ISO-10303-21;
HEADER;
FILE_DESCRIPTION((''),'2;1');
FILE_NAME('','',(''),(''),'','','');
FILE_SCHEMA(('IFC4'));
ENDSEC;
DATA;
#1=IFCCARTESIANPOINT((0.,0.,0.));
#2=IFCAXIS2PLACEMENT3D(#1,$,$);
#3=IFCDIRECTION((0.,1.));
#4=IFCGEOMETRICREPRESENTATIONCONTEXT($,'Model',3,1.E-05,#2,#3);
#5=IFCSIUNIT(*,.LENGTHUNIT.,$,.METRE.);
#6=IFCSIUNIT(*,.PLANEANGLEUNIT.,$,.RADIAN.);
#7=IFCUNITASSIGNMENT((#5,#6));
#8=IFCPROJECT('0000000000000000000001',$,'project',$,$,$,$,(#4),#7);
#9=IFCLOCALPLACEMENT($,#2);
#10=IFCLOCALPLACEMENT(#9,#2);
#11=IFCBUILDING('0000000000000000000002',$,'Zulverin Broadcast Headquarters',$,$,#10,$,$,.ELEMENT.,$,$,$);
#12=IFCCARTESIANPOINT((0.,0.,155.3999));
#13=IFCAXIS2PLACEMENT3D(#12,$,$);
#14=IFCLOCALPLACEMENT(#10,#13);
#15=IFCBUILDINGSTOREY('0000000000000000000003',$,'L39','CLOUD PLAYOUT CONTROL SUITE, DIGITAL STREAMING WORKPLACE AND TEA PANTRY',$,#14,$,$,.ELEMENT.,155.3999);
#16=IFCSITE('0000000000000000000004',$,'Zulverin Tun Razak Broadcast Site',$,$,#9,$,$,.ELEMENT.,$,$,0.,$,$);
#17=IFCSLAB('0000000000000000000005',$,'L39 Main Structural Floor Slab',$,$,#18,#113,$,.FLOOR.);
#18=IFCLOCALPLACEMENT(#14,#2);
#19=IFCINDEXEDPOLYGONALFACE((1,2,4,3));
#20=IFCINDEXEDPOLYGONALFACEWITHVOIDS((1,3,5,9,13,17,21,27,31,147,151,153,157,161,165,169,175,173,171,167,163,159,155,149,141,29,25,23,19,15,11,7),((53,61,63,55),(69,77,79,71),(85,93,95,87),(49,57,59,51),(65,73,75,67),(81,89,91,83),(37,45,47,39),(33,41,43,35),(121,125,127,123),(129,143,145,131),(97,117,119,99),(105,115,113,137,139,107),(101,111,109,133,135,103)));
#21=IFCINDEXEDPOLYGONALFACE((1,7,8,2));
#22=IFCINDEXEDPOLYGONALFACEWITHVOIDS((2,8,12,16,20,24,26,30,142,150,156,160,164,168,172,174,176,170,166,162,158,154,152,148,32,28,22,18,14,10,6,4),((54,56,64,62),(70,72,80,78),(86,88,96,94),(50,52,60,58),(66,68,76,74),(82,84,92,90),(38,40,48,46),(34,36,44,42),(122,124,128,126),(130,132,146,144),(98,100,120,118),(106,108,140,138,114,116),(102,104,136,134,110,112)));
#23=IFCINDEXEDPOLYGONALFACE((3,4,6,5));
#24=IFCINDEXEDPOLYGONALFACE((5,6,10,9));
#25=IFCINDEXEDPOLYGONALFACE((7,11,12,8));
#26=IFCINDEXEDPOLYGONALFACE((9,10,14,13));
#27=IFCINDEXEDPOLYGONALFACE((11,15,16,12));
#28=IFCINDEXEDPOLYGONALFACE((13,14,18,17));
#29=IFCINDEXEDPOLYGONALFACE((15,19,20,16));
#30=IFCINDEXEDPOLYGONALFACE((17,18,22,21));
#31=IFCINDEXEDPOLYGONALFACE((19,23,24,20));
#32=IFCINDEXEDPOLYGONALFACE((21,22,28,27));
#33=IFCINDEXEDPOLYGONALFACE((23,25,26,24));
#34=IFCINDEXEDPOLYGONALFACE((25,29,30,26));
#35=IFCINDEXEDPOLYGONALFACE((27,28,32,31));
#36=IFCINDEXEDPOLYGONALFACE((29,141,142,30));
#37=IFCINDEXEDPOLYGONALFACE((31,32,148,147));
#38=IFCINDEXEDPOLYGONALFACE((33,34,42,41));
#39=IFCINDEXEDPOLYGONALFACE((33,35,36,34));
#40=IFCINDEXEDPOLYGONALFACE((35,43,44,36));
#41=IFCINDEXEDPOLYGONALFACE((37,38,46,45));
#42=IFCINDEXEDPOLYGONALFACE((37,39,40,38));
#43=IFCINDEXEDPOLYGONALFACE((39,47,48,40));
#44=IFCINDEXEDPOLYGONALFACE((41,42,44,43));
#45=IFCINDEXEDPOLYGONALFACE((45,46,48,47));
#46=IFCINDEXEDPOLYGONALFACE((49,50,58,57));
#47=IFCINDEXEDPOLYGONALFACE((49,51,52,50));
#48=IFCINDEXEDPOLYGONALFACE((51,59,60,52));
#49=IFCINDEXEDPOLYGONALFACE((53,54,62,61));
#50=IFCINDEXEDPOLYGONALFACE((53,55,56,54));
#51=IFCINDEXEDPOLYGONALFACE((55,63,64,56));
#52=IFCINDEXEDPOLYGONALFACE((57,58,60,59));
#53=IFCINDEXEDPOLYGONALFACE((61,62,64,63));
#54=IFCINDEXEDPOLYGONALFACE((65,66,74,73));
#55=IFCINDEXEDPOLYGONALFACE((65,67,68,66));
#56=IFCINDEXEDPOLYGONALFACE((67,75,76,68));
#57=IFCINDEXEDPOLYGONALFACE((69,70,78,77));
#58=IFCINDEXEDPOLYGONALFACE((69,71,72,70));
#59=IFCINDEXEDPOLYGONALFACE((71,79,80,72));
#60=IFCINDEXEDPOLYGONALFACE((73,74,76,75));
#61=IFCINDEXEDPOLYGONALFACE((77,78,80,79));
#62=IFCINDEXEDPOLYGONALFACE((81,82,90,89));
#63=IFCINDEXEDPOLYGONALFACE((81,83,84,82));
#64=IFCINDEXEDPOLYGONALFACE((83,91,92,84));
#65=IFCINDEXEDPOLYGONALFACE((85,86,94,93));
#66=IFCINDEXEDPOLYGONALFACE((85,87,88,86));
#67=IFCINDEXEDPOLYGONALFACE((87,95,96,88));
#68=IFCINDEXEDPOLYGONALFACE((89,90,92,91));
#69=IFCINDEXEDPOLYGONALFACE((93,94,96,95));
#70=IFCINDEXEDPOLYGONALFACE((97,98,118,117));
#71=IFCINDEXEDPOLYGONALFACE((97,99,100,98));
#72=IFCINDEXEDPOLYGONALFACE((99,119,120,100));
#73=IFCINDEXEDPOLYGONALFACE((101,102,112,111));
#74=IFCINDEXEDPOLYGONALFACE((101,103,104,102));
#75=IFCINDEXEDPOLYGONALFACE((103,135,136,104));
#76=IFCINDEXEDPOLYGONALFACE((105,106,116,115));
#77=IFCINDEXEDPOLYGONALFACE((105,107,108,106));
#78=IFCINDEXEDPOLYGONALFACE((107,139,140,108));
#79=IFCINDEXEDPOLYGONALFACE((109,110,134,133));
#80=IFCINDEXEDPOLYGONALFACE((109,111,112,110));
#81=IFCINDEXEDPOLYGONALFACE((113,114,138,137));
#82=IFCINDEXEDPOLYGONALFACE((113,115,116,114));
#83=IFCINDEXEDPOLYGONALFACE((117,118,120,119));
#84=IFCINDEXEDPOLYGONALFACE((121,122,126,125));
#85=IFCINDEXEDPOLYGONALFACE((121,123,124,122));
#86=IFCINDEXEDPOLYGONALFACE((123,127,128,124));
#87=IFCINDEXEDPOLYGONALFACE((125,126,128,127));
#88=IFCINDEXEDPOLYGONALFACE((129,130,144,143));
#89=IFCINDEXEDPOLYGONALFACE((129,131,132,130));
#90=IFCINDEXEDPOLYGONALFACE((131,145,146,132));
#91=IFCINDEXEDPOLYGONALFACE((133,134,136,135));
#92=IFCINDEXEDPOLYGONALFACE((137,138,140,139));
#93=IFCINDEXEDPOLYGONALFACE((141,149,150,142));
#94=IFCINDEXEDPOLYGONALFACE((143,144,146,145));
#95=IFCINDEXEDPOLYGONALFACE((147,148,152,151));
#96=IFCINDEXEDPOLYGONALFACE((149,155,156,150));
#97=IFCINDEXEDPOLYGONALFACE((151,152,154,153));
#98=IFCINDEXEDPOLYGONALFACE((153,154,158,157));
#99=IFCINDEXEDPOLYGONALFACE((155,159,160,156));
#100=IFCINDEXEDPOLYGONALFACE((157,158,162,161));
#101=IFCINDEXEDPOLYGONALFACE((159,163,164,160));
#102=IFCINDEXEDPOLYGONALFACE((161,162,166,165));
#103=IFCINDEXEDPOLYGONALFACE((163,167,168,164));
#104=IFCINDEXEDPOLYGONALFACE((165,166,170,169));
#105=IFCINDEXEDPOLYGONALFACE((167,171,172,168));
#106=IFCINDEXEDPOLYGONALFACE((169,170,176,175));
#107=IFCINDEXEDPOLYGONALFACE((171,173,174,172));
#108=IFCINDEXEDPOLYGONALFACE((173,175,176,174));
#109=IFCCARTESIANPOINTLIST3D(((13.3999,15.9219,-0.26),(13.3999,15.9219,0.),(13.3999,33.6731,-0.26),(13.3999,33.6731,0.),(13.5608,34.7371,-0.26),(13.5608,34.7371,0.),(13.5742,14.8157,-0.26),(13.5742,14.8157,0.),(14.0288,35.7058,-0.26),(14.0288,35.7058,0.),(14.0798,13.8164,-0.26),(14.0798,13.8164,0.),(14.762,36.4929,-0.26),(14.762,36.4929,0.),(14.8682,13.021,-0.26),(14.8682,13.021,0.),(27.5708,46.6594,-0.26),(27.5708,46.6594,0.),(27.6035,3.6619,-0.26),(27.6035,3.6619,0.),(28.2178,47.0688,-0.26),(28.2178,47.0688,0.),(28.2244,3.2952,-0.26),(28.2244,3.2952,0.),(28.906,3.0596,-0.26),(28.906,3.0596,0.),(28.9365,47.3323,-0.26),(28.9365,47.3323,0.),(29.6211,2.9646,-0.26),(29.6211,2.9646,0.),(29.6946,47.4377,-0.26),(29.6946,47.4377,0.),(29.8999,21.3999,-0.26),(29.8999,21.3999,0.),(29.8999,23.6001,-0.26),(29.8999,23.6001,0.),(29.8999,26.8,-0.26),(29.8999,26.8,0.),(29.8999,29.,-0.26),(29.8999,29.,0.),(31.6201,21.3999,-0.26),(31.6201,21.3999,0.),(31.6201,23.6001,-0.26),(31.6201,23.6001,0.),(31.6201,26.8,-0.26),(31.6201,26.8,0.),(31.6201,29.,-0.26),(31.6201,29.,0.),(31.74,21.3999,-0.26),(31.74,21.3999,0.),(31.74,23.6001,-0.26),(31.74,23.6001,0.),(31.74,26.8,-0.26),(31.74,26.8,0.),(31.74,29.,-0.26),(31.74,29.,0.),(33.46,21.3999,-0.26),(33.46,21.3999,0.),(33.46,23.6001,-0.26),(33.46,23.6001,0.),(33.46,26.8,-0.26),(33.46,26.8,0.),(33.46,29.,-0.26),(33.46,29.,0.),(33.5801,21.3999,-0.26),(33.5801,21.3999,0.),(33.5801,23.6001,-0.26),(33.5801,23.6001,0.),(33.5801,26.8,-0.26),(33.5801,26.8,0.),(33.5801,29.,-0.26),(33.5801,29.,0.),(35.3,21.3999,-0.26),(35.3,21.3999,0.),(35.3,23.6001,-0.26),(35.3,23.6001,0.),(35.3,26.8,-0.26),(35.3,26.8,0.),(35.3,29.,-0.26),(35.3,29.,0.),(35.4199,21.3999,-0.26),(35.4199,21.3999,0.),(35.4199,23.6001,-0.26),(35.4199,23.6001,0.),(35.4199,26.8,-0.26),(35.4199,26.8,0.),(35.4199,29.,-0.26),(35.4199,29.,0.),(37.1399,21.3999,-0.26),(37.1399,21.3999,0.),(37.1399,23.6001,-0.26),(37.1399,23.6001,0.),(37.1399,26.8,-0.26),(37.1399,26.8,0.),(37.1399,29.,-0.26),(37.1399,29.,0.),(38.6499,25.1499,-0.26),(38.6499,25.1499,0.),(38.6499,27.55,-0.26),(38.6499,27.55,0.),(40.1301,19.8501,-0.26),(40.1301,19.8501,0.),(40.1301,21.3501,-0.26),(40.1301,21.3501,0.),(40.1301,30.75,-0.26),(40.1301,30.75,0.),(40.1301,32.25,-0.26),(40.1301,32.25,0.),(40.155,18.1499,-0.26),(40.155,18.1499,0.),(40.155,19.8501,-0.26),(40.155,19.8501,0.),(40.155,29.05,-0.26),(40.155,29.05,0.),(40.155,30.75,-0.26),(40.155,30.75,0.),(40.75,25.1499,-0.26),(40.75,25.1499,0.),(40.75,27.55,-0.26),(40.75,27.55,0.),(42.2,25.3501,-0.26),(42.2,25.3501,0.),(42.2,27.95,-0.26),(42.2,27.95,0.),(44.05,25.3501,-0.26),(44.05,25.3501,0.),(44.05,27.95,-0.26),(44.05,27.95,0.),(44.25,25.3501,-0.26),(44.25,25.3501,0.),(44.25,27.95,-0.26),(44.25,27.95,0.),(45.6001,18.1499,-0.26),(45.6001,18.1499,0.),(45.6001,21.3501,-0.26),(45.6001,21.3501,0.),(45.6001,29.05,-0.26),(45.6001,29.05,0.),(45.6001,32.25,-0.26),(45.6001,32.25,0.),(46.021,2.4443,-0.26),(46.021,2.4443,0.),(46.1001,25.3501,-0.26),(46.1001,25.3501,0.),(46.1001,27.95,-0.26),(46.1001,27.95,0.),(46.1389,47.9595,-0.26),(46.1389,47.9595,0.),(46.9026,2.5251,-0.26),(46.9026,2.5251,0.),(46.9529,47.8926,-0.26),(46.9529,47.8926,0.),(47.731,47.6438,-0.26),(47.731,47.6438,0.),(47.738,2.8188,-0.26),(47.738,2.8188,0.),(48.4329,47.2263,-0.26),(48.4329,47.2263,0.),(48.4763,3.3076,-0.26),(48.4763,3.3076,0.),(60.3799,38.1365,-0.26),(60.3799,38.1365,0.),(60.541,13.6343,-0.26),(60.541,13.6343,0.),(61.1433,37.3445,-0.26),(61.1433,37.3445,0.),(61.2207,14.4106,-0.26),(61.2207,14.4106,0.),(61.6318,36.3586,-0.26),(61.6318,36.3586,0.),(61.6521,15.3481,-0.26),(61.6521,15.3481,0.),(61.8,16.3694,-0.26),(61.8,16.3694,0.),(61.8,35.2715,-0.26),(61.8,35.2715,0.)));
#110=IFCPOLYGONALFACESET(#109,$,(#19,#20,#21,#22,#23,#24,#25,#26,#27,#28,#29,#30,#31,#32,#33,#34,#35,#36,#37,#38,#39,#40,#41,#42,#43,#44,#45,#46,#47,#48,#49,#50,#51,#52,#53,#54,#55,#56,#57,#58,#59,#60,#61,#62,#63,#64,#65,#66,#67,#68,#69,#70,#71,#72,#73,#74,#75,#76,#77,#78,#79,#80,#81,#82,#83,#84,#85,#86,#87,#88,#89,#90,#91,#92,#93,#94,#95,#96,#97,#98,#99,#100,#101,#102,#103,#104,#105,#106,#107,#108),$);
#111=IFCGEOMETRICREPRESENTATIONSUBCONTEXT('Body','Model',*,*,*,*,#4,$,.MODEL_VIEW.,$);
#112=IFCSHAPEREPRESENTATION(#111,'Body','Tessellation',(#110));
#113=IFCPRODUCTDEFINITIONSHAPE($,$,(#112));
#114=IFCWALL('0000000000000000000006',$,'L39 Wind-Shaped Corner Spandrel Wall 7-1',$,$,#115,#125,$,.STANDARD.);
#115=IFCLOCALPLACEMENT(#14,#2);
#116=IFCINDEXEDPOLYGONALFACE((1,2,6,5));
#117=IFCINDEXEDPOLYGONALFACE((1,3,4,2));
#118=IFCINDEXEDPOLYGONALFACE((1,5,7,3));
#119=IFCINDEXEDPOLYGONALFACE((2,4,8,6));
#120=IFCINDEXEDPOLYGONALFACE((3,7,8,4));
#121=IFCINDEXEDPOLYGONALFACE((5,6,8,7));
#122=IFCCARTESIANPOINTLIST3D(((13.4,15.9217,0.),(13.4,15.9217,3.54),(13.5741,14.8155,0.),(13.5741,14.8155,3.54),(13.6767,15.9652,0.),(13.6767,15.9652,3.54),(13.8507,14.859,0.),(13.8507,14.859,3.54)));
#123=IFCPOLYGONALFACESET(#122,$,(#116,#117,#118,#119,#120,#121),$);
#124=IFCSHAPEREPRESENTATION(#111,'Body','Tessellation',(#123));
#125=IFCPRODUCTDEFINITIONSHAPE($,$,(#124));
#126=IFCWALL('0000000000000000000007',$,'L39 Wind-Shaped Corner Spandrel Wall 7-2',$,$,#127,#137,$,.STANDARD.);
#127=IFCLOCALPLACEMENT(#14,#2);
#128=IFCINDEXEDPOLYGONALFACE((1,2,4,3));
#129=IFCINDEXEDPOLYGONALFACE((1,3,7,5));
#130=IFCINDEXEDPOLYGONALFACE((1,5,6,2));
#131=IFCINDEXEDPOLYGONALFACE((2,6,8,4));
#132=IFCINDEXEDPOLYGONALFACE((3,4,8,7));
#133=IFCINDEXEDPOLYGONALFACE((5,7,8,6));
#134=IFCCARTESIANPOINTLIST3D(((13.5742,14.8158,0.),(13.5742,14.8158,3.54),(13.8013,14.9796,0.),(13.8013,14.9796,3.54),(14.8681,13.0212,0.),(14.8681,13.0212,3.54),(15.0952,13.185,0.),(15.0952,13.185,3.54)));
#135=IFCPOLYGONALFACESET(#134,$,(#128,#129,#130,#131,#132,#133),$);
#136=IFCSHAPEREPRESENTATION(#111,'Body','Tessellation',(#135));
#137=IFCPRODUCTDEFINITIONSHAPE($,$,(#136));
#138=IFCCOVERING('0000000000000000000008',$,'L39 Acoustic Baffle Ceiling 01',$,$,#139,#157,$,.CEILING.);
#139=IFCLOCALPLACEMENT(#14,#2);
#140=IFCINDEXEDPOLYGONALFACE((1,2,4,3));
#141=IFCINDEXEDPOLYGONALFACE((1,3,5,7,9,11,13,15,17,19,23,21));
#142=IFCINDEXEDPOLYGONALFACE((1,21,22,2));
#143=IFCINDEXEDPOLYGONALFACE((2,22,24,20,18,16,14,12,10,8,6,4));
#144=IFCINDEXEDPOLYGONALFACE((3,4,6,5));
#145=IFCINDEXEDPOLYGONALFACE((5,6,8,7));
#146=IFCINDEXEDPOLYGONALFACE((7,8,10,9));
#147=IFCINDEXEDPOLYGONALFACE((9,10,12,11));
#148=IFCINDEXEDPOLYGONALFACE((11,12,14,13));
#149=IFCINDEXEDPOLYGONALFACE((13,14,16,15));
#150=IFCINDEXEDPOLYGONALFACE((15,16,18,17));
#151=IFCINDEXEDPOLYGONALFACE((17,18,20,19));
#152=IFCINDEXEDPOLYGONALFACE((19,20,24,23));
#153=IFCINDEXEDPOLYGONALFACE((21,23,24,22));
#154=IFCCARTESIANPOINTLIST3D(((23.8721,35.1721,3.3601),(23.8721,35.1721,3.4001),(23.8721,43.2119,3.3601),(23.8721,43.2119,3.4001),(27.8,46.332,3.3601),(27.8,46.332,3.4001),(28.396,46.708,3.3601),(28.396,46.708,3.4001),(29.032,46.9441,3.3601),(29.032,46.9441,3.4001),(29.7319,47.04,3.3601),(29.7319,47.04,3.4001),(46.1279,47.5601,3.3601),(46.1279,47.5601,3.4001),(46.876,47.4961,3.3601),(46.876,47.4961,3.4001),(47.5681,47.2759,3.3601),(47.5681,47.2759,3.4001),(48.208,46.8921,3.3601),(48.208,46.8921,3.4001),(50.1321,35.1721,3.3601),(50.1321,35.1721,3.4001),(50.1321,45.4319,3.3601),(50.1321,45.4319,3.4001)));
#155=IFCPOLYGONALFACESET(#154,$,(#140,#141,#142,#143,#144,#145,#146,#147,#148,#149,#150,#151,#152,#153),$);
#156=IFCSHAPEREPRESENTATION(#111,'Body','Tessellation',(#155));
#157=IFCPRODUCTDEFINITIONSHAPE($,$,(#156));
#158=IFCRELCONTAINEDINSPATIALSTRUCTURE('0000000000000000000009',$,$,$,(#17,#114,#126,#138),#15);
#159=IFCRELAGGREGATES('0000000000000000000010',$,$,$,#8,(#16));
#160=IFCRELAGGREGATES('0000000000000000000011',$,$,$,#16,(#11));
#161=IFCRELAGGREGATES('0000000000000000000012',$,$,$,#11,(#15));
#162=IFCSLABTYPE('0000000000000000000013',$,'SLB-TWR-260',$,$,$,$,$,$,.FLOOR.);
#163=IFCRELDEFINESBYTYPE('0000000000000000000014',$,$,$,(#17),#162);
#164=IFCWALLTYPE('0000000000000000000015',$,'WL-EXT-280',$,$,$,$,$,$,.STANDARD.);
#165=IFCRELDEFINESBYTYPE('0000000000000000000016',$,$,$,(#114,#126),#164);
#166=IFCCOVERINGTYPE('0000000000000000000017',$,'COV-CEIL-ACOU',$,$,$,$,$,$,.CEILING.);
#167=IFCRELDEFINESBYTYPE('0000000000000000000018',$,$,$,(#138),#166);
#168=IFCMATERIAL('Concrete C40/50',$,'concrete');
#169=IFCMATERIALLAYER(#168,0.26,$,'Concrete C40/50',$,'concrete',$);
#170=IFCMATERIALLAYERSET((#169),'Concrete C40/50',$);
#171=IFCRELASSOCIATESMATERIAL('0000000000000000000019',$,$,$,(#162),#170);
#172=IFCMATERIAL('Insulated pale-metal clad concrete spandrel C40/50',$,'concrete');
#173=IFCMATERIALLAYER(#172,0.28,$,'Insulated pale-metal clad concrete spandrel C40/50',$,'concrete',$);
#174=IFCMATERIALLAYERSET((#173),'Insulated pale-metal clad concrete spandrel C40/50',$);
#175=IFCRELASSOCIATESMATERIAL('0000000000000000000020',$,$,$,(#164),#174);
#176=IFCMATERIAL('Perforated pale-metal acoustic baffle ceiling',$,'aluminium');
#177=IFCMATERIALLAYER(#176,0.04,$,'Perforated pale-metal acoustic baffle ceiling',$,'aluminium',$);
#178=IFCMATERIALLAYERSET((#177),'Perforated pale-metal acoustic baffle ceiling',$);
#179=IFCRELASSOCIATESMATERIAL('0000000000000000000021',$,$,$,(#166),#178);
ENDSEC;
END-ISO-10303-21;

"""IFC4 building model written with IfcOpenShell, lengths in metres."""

from ifc_helpers import new_model, si_unit, direction, frame, frame_2d, origin, place, context, subcontext, project, spatial, polyline, rectangle, outline, extrude, material, layer, layer_set, type_object, element, save


model = new_model("IFC4")

# Units and contexts
model_context = context("Model", 3, precision=1e-05, world=origin(), true_north=direction((0.0, 1.0)))
body_context = subcontext(model_context, "Body", "Model", "MODEL_VIEW")
ifc_project = project(units=[si_unit("LENGTHUNIT", "METRE"), si_unit("PLANEANGLEUNIT", "RADIAN")], contexts=[model_context])

# Site, building, storey
site_placement = place(None, origin())
site = spatial("IfcSite", under=ifc_project, at=site_placement, Name="Zulverin Tun Razak Broadcast Site", CompositionType="ELEMENT", RefElevation=0.0)
building_placement = place(site_placement, origin())
building = spatial("IfcBuilding", under=site, at=building_placement, Name="Zulverin Broadcast Headquarters", CompositionType="ELEMENT")
storey_placement = place(building_placement, frame((0.0, 0.0, 155.3999)))
storey = spatial("IfcBuildingStorey", under=building, at=storey_placement, Name="L39", Description="CLOUD PLAYOUT CONTROL SUITE, DIGITAL STREAMING WORKPLACE AND TEA PANTRY", CompositionType="ELEMENT", Elevation=155.3999)

# Shared definitions
ifc_material_1 = material(Name="Concrete C40/50", Category="concrete")

# Slab
ifc_layer_1 = layer(ifc_material_1, 0.26, Name="Concrete C40/50", Category="concrete")
ifc_layer_set_1 = layer_set([ifc_layer_1], Name="Concrete C40/50")
slab_type_1 = type_object("IfcSlabType", Name="SLB-TWR-260", PredefinedType="FLOOR", material=ifc_layer_set_1)
slab_1_placement = place(storey_placement, frame((0.0, 0.0, -0.26)))
element("IfcSlab", 1, at=slab_1_placement, inside=storey, type_object=slab_type_1, Name="L39 Main Structural Floor Slab", PredefinedType="FLOOR", context=body_context, shape_type="SweptSolid", body=[
    extrude(outline(polyline([(27.6035, 3.6619), (28.2244, 3.2952), (28.906, 3.0596), (29.6211, 2.9646), (46.021, 2.4443), (46.9026, 2.5251), (47.738, 2.8188), (48.4763, 3.3076), (60.541, 13.6343), (61.2207, 14.4106), (61.6521, 15.3481), (61.8, 16.3694), (61.8, 35.2715), (61.6318, 36.3586), (61.1433, 37.3445), (60.3799, 38.1365), (48.4329, 47.2263), (47.731, 47.6438), (46.9529, 47.8926), (46.1389, 47.9595), (29.6946, 47.4377), (28.9365, 47.3323), (28.2178, 47.0688), (27.5708, 46.6594), (14.762, 36.4929), (14.0288, 35.7058), (13.5608, 34.7371), (13.3999, 33.6731), (13.3999, 15.9219), (13.5742, 14.8157), (14.0798, 13.8164), (14.8682, 13.021), (27.6035, 3.6619)]), holes=[polyline([(40.155, 30.75), (40.1301, 30.75), (40.1301, 32.25), (45.6001, 32.25), (45.6001, 29.05), (40.155, 29.05), (40.155, 30.75)]), polyline([(40.155, 19.8501), (40.1301, 19.8501), (40.1301, 21.3501), (45.6001, 21.3501), (45.6001, 18.1499), (40.155, 18.1499), (40.155, 19.8501)]), polyline([(29.8999, 21.3999), (31.6201, 21.3999), (31.6201, 23.6001), (29.8999, 23.6001), (29.8999, 21.3999)]), polyline([(31.74, 21.3999), (33.46, 21.3999), (33.46, 23.6001), (31.74, 23.6001), (31.74, 21.3999)]), polyline([(33.5801, 21.3999), (35.3, 21.3999), (35.3, 23.6001), (33.5801, 23.6001), (33.5801, 21.3999)]), polyline([(35.4199, 21.3999), (37.1399, 21.3999), (37.1399, 23.6001), (35.4199, 23.6001), (35.4199, 21.3999)]), polyline([(29.8999, 26.8), (31.6201, 26.8), (31.6201, 29.0), (29.8999, 29.0), (29.8999, 26.8)]), polyline([(31.74, 26.8), (33.46, 26.8), (33.46, 29.0), (31.74, 29.0), (31.74, 26.8)]), polyline([(33.5801, 26.8), (35.3, 26.8), (35.3, 29.0), (33.5801, 29.0), (33.5801, 26.8)]), polyline([(35.4199, 26.8), (37.1399, 26.8), (37.1399, 29.0), (35.4199, 29.0), (35.4199, 26.8)]), polyline([(42.2, 25.3501), (44.05, 25.3501), (44.05, 27.95), (42.2, 27.95), (42.2, 25.3501)]), polyline([(44.25, 25.3501), (46.1001, 25.3501), (46.1001, 27.95), (44.25, 27.95), (44.25, 25.3501)]), polyline([(38.6499, 25.1499), (40.75, 25.1499), (40.75, 27.55), (38.6499, 27.55), (38.6499, 25.1499)])]), origin(), (0.0, 0.0, 1.0), 0.26),
])

# Walls
ifc_material_2 = material(Name="Insulated pale-metal clad concrete spandrel C40/50", Category="concrete")
ifc_layer_2 = layer(ifc_material_2, 0.28, Name="Insulated pale-metal clad concrete spandrel C40/50", Category="concrete")
ifc_layer_set_2 = layer_set([ifc_layer_2], Name="Insulated pale-metal clad concrete spandrel C40/50")
wall_type = type_object("IfcWallType", Name="WL-EXT-280", PredefinedType="STANDARD", material=ifc_layer_set_2)
wall_1_placement = place(storey_placement, frame((13.5383, 15.9436, 0.0), z_axis=(0.0, 0.0, 1.0), x_axis=(0.155448, -0.987844, 0.0)))
element("IfcWall", 2, at=wall_1_placement, inside=storey, type_object=wall_type, Name="L39 Wind-Shaped Corner Spandrel Wall 7-1", PredefinedType="STANDARD", context=body_context, shape_type="SweptSolid", body=[
    extrude(rectangle(XDim=1.1199, YDim=0.28, at=frame_2d((0.5601, 0.0))), origin(), (0.0, 0.0, 1.0), 3.54),
])
wall_2_placement = place(storey_placement, frame((13.6877, 14.8977, 0.0), z_axis=(0.0, 0.0, 1.0), x_axis=(0.584834, -0.811153, 0.0)))
element("IfcWall", 3, at=wall_2_placement, inside=storey, type_object=wall_type, Name="L39 Wind-Shaped Corner Spandrel Wall 7-2", PredefinedType="STANDARD", context=body_context, shape_type="SweptSolid", body=[
    extrude(rectangle(XDim=2.2124, YDim=0.28, at=frame_2d((1.1062, 0.0))), origin(), (0.0, 0.0, 1.0), 3.54),
])

# Covering
ifc_material_3 = material(Name="Perforated pale-metal acoustic baffle ceiling", Category="aluminium")
ifc_layer_3 = layer(ifc_material_3, 0.04, Name="Perforated pale-metal acoustic baffle ceiling", Category="aluminium")
ifc_layer_set_3 = layer_set([ifc_layer_3], Name="Perforated pale-metal acoustic baffle ceiling")
covering_type_1 = type_object("IfcCoveringType", Name="COV-CEIL-ACOU", PredefinedType="CEILING", material=ifc_layer_set_3)
covering_1_placement = place(storey_placement, frame((0.0, 0.0, 3.3601)))
element("IfcCovering", 4, at=covering_1_placement, inside=storey, type_object=covering_type_1, Name="L39 Acoustic Baffle Ceiling 01", PredefinedType="CEILING", context=body_context, shape_type="SweptSolid", body=[
    extrude(outline(polyline([(46.876, 47.4961), (46.1279, 47.5601), (29.7319, 47.04), (29.032, 46.9441), (28.396, 46.708), (27.8, 46.332), (23.8721, 43.2119), (23.8721, 35.1721), (50.1321, 35.1721), (50.1321, 45.4319), (48.208, 46.8921), (47.5681, 47.2759), (46.876, 47.4961)])), origin(), (0.0, 0.0, 1.0), 0.04),
])

save(model, "model.ifc")
